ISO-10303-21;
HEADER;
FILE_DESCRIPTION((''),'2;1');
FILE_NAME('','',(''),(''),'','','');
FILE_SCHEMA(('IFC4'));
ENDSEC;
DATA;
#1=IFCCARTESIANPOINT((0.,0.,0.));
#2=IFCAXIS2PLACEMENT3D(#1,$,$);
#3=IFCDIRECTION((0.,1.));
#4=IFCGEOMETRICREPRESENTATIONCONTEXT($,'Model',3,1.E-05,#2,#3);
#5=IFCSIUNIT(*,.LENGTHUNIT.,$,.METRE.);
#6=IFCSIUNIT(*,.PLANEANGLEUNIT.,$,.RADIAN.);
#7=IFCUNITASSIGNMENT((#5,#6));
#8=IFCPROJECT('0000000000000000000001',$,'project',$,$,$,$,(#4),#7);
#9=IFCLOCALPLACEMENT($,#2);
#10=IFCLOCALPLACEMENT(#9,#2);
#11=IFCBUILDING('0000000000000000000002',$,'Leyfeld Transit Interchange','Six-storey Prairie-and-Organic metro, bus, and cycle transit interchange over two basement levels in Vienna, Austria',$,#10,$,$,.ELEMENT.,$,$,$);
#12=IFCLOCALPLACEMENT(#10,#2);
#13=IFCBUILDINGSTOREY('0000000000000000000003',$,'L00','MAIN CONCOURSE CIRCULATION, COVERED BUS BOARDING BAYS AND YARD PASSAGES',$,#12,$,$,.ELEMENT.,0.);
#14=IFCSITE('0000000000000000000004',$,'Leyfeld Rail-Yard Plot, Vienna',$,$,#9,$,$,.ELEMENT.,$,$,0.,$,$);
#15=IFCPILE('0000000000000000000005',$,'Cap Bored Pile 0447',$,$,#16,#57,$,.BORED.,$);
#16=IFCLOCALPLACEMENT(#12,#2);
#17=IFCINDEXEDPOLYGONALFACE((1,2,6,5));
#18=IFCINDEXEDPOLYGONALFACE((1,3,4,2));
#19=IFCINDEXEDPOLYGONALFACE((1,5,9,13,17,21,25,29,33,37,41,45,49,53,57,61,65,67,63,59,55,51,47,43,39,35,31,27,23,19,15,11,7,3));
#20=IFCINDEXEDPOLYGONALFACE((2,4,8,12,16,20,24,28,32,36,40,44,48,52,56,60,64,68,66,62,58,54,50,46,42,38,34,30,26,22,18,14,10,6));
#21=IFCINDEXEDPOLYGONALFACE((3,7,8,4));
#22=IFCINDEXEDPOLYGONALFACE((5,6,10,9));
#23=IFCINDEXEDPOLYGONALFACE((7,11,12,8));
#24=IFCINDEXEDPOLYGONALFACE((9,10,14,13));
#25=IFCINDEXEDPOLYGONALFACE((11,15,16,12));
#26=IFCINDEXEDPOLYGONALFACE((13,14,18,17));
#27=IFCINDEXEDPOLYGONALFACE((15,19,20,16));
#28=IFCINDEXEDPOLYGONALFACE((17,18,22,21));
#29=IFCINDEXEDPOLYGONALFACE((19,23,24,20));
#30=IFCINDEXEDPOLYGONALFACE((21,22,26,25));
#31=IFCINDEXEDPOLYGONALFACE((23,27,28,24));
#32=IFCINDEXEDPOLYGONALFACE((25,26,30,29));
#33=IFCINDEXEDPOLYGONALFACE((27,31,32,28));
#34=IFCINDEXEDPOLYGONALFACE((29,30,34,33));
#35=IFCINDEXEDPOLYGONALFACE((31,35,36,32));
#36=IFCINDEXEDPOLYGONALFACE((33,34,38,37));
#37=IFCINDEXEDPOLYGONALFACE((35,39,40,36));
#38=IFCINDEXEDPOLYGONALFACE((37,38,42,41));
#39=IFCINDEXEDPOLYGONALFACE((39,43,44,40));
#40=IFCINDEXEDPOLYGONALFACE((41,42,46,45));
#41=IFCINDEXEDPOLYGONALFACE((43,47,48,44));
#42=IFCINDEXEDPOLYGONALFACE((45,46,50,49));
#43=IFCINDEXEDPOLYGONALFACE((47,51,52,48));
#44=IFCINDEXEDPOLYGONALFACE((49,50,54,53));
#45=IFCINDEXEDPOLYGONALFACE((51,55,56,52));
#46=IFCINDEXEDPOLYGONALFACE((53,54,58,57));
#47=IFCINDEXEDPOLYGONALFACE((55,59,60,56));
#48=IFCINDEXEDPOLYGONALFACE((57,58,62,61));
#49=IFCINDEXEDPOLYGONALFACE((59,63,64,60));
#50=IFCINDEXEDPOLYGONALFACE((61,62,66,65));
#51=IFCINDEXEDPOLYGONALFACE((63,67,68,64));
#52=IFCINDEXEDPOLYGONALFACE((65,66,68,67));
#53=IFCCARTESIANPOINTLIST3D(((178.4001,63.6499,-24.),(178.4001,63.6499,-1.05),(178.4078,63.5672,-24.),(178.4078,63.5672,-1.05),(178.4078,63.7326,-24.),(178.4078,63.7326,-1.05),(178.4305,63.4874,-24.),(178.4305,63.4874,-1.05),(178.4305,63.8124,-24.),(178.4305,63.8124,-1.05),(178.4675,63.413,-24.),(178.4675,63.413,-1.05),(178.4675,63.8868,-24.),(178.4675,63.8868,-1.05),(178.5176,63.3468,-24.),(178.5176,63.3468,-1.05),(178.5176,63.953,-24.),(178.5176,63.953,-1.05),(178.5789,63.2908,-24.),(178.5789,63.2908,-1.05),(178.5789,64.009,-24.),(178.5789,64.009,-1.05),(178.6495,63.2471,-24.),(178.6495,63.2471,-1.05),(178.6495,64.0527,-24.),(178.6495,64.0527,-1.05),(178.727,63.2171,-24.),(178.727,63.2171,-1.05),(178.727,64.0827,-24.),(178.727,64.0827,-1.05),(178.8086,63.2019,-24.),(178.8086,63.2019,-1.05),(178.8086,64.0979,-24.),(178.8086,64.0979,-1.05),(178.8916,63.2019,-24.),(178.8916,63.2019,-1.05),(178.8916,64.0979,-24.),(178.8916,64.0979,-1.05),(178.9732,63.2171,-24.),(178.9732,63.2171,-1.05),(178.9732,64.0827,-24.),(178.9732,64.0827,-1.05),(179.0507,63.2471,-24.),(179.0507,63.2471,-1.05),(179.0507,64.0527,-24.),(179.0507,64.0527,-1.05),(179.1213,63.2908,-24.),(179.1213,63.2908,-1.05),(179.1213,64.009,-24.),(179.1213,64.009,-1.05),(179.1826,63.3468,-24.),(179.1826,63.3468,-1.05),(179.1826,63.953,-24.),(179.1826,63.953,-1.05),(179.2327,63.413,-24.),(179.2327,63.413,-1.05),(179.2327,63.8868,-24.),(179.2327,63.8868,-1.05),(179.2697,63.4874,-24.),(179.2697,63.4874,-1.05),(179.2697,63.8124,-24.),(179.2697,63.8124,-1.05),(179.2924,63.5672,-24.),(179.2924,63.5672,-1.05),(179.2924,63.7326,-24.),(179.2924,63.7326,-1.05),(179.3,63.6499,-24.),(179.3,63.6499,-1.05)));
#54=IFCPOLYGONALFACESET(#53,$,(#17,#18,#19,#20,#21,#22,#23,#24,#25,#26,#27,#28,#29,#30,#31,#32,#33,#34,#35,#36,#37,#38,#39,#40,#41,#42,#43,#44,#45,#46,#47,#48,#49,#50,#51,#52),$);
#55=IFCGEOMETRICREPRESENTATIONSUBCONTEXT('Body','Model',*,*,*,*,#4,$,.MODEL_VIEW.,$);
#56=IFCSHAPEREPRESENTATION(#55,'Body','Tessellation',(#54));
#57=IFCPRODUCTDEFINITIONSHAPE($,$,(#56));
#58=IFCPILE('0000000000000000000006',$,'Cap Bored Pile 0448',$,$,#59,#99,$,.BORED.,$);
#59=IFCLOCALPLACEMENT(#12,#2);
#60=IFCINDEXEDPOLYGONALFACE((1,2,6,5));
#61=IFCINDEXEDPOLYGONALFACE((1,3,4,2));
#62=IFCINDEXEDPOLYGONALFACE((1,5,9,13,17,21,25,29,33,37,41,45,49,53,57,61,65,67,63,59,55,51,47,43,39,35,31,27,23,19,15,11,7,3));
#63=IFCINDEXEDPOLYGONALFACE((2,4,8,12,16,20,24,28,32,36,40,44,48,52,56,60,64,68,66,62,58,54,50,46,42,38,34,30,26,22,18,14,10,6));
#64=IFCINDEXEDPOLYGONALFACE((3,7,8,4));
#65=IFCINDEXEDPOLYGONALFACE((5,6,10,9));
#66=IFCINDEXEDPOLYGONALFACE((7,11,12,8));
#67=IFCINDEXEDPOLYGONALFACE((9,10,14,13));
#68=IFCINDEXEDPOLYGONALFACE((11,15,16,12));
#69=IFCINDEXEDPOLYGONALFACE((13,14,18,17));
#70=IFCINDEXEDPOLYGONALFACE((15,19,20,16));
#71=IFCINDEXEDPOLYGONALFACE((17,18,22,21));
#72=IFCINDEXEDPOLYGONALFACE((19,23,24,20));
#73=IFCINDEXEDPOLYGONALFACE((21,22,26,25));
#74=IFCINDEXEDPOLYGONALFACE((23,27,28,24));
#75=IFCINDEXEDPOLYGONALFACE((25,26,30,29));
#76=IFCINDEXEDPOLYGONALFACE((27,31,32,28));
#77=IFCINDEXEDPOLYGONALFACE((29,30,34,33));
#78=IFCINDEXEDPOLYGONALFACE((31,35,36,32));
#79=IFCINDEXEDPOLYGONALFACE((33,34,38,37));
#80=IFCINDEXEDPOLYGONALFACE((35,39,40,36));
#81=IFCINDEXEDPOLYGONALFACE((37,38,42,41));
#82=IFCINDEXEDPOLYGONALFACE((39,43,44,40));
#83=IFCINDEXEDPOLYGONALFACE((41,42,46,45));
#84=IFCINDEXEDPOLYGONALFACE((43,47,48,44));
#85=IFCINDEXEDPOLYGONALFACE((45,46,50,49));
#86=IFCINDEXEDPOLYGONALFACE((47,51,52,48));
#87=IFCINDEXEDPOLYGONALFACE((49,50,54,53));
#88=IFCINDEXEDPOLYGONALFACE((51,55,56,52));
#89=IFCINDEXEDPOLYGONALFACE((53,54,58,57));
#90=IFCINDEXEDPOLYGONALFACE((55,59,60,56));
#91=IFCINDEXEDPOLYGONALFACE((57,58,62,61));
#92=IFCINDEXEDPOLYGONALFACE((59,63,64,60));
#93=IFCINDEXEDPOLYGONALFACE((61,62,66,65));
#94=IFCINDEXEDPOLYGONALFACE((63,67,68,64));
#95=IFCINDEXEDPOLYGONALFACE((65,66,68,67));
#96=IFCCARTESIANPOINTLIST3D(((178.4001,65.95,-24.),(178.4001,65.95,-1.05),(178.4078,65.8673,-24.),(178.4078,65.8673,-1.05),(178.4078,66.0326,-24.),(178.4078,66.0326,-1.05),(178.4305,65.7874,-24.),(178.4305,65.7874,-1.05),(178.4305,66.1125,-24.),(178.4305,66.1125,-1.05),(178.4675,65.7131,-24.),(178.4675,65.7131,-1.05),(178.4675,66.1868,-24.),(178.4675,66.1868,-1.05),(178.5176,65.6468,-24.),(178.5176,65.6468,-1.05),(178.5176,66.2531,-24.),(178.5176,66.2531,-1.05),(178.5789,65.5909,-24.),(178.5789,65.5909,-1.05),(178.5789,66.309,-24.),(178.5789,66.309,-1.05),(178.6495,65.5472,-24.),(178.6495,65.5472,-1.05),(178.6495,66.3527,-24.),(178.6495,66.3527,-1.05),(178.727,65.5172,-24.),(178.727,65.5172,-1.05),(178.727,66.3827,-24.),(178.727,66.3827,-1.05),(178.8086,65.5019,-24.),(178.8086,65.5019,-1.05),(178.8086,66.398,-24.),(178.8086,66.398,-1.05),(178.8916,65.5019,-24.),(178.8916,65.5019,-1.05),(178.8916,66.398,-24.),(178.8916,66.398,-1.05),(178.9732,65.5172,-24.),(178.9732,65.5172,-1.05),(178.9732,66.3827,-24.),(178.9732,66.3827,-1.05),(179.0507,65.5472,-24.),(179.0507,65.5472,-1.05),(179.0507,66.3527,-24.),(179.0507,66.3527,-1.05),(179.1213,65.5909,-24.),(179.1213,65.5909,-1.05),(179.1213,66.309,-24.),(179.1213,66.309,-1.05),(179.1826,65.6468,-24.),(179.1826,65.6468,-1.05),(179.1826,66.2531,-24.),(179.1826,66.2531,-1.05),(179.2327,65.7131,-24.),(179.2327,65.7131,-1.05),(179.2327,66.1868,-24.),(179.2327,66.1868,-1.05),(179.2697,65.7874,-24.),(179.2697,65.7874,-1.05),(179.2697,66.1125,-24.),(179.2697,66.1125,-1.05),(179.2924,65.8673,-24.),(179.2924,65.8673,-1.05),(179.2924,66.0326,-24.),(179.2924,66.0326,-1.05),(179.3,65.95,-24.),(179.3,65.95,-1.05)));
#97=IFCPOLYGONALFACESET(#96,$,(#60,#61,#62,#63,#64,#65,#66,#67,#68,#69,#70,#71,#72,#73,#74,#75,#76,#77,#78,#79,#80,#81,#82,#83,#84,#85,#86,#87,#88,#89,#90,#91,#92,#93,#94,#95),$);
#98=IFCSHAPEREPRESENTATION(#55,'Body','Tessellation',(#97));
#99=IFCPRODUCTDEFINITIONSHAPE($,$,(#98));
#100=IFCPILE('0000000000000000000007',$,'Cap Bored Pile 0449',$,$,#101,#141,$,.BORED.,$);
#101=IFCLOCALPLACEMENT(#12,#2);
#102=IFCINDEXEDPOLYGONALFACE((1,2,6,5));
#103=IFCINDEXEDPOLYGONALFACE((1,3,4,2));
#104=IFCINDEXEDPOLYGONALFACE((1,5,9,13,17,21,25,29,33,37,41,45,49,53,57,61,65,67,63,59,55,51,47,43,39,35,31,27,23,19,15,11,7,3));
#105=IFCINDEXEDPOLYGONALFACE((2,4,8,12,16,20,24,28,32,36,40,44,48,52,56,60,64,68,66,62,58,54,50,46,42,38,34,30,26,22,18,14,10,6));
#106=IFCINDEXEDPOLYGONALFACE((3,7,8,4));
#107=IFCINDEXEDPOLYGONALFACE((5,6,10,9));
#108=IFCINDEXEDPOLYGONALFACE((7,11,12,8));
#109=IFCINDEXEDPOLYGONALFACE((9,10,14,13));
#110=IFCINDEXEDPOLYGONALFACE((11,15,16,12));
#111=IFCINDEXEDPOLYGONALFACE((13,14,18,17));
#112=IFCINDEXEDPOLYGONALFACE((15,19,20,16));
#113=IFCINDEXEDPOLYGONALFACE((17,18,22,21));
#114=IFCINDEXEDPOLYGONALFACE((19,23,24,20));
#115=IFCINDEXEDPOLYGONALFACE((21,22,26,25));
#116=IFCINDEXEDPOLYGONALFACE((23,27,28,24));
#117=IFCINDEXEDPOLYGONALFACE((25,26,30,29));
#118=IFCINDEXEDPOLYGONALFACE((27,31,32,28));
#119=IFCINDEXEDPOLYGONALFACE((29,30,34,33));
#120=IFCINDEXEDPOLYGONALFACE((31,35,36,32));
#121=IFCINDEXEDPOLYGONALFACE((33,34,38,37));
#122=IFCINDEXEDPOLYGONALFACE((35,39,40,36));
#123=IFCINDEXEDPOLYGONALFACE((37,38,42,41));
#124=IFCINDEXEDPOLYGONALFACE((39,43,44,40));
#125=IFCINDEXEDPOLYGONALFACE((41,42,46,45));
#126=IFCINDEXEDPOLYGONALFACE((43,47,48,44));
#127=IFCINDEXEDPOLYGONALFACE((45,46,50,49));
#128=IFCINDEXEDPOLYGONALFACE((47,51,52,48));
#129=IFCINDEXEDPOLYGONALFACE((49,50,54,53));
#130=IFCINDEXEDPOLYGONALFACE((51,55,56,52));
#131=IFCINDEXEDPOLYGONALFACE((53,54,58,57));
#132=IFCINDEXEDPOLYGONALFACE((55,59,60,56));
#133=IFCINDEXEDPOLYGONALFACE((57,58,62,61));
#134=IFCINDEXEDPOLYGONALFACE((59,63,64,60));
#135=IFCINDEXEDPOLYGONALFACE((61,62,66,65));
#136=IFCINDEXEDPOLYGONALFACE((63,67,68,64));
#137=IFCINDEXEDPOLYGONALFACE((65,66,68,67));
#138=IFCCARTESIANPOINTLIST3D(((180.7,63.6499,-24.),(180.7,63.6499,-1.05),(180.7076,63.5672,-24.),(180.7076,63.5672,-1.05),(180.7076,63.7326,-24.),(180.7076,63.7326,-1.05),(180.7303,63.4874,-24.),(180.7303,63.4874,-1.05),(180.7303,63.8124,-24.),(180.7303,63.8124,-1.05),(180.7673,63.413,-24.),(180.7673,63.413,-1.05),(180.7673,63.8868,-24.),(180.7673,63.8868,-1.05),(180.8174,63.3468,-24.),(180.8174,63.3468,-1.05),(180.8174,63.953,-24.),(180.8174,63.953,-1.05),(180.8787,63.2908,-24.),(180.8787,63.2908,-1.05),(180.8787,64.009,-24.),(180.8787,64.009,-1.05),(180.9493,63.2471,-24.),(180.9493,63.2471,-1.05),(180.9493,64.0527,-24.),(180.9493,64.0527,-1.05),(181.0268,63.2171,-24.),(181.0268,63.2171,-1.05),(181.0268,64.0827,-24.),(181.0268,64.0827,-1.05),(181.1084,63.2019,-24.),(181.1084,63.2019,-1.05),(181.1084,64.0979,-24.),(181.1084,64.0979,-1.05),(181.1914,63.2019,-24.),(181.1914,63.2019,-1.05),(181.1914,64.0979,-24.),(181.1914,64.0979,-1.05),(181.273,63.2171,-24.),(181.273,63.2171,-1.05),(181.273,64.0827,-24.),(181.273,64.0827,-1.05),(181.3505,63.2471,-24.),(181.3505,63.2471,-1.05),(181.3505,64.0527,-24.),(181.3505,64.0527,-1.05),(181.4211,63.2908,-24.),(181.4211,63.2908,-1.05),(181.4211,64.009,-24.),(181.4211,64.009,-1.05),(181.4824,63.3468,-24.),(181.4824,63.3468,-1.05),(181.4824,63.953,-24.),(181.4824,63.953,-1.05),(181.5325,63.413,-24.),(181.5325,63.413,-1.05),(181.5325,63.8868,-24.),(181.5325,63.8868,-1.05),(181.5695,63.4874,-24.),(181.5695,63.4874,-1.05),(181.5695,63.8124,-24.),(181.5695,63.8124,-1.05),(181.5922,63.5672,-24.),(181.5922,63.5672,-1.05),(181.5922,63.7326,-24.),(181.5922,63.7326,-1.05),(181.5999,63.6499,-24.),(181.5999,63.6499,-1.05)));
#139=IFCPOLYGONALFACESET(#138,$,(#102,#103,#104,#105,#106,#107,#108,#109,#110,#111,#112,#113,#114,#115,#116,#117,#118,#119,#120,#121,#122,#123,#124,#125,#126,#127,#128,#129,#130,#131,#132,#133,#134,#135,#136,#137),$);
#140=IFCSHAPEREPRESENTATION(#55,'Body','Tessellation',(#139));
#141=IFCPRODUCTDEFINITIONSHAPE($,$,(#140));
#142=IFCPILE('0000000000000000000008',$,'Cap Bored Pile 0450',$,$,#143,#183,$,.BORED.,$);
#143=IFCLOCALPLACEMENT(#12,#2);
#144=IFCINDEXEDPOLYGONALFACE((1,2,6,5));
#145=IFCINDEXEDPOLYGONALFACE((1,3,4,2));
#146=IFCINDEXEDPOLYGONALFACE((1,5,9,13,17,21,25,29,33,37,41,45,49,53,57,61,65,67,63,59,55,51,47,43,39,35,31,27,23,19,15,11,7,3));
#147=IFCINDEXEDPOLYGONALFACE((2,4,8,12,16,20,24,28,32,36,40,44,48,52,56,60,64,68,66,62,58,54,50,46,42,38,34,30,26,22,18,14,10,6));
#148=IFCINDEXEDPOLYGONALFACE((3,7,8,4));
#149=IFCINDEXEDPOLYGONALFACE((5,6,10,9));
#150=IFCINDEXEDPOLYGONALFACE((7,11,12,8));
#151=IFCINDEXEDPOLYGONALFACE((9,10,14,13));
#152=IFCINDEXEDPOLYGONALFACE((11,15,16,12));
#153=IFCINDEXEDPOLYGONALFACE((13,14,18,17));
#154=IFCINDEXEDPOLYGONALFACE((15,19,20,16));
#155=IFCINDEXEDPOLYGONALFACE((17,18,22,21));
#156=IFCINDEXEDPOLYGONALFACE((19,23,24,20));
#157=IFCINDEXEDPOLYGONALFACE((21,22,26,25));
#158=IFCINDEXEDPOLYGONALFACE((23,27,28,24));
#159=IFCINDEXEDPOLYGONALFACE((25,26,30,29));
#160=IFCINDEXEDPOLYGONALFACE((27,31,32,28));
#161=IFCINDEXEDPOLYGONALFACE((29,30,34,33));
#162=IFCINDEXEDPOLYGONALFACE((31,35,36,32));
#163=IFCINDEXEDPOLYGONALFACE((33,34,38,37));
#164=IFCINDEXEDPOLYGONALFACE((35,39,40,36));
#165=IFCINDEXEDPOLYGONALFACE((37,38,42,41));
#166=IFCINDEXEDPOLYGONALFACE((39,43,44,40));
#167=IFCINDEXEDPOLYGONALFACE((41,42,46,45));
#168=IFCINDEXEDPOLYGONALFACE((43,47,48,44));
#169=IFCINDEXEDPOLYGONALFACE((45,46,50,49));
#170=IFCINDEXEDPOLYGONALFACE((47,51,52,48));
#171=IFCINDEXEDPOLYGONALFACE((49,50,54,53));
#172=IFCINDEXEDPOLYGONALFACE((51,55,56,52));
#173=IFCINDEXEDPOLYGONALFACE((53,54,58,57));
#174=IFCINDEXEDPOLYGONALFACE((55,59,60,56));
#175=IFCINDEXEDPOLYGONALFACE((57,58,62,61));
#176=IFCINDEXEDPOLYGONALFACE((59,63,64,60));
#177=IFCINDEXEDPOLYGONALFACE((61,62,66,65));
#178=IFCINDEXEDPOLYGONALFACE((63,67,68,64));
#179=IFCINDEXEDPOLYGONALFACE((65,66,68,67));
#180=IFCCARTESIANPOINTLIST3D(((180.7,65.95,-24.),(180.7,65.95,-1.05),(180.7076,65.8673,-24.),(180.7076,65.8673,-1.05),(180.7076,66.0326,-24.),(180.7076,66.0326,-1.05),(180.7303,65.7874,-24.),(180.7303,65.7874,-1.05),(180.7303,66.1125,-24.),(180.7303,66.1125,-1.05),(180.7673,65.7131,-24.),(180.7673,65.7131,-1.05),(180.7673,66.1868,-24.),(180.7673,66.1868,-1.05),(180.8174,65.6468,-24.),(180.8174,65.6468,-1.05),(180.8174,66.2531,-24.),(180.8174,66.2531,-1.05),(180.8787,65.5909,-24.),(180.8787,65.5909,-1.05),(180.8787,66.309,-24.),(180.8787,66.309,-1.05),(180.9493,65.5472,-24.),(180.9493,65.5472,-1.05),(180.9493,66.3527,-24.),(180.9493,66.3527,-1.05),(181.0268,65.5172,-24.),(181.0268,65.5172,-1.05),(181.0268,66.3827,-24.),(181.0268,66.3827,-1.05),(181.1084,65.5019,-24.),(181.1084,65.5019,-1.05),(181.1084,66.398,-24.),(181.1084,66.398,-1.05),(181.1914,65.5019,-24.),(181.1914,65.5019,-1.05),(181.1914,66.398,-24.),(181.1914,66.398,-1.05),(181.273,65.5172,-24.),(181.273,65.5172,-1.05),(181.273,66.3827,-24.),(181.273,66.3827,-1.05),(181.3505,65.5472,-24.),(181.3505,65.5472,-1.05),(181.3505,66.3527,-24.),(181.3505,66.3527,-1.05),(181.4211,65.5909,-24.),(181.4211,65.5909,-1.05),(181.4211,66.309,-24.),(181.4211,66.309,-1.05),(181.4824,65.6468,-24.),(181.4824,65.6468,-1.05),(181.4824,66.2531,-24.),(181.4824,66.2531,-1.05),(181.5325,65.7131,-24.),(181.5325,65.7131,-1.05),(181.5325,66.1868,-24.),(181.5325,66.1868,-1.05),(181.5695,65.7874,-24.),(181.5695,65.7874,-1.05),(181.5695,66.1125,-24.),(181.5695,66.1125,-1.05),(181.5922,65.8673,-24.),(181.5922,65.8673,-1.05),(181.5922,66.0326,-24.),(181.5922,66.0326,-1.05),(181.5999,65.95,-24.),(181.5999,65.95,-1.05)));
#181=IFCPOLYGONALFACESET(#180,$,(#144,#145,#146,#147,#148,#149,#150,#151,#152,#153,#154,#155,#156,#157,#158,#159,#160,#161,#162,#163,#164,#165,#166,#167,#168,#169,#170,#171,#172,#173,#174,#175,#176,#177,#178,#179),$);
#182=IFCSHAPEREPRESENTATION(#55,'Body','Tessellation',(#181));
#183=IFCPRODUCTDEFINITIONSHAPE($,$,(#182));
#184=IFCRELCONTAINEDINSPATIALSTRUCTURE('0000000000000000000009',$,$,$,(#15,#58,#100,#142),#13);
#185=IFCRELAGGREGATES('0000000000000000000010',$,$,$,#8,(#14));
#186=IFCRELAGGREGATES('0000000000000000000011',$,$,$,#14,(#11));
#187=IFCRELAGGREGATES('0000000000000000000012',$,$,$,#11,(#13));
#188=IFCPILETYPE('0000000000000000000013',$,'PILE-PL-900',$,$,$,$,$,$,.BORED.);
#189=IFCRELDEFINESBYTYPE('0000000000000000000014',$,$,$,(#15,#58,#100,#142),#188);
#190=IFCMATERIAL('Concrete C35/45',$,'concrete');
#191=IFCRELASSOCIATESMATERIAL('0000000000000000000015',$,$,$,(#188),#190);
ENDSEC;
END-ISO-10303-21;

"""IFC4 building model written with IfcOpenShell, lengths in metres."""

from ifc_helpers import new_model, si_unit, direction, frame, origin, origin_2d, place, context, subcontext, project, spatial, circle, extrude, material, material_profile, profile_set, type_object, element, save


model = new_model("IFC4")

# Units and contexts
model_context = context("Model", 3, precision=1e-05, world=origin(), true_north=direction((0.0, 1.0)))
body_context = subcontext(model_context, "Body", "Model", "MODEL_VIEW")
ifc_project = project(units=[si_unit("LENGTHUNIT", "METRE"), si_unit("PLANEANGLEUNIT", "RADIAN")], contexts=[model_context])

# Site, building, storey
site_placement = place(None, origin())
site = spatial("IfcSite", under=ifc_project, at=site_placement, Name="Leyfeld Rail-Yard Plot, Vienna", CompositionType="ELEMENT", RefElevation=0.0)
building_placement = place(site_placement, origin())
building = spatial("IfcBuilding", under=site, at=building_placement, Name="Leyfeld Transit Interchange", Description="Six-storey Prairie-and-Organic metro, bus, and cycle transit interchange over two basement levels in Vienna, Austria", CompositionType="ELEMENT")
storey_placement = place(building_placement, origin())
storey = spatial("IfcBuildingStorey", under=building, at=storey_placement, Name="L00", Description="MAIN CONCOURSE CIRCULATION, COVERED BUS BOARDING BAYS AND YARD PASSAGES", CompositionType="ELEMENT", Elevation=0.0)

# Shared definitions
ifc_material_1 = material(Name="Concrete C35/45", Category="concrete")

# Piles
ifc_material_profile_1 = material_profile(ifc_material_1, circle(Radius=0.45, at=origin_2d()), Name="PILE D900")
ifc_profile_set_1 = profile_set([ifc_material_profile_1], Name="Concrete C35/45")
pile_type = type_object("IfcPileType", Name="PILE-PL-900", PredefinedType="BORED", material=ifc_profile_set_1)
for number, where, z_axis, x_axis, name in (
    (1, (178.8501, 63.6499, -1.05), (0.0, 0.0, -1.0), (1.0, 0.0, 0.0), "Cap Bored Pile 0447"),
    (2, (178.8501, 65.95, -1.05), (0.0, 0.0, -1.0), (1.0, 0.0, 0.0), "Cap Bored Pile 0448"),
    (3, (181.1499, 63.6499, -1.05), (0.0, 0.0, -1.0), (1.0, 0.0, 0.0), "Cap Bored Pile 0449"),
    (4, (181.1499, 65.95, -1.05), (0.0, 0.0, -1.0), (1.0, 0.0, 0.0), "Cap Bored Pile 0450"),
):
    element("IfcPile", number, at=place(storey_placement, frame(where, z_axis=z_axis, x_axis=x_axis)), inside=storey, type_object=pile_type, Name=name, PredefinedType="BORED", context=body_context, shape_type="SweptSolid", body=[
        extrude(circle(Radius=0.45, at=origin_2d()), origin(), (0.0, 0.0, 1.0), 22.95),
    ])

save(model, "model.ifc")
